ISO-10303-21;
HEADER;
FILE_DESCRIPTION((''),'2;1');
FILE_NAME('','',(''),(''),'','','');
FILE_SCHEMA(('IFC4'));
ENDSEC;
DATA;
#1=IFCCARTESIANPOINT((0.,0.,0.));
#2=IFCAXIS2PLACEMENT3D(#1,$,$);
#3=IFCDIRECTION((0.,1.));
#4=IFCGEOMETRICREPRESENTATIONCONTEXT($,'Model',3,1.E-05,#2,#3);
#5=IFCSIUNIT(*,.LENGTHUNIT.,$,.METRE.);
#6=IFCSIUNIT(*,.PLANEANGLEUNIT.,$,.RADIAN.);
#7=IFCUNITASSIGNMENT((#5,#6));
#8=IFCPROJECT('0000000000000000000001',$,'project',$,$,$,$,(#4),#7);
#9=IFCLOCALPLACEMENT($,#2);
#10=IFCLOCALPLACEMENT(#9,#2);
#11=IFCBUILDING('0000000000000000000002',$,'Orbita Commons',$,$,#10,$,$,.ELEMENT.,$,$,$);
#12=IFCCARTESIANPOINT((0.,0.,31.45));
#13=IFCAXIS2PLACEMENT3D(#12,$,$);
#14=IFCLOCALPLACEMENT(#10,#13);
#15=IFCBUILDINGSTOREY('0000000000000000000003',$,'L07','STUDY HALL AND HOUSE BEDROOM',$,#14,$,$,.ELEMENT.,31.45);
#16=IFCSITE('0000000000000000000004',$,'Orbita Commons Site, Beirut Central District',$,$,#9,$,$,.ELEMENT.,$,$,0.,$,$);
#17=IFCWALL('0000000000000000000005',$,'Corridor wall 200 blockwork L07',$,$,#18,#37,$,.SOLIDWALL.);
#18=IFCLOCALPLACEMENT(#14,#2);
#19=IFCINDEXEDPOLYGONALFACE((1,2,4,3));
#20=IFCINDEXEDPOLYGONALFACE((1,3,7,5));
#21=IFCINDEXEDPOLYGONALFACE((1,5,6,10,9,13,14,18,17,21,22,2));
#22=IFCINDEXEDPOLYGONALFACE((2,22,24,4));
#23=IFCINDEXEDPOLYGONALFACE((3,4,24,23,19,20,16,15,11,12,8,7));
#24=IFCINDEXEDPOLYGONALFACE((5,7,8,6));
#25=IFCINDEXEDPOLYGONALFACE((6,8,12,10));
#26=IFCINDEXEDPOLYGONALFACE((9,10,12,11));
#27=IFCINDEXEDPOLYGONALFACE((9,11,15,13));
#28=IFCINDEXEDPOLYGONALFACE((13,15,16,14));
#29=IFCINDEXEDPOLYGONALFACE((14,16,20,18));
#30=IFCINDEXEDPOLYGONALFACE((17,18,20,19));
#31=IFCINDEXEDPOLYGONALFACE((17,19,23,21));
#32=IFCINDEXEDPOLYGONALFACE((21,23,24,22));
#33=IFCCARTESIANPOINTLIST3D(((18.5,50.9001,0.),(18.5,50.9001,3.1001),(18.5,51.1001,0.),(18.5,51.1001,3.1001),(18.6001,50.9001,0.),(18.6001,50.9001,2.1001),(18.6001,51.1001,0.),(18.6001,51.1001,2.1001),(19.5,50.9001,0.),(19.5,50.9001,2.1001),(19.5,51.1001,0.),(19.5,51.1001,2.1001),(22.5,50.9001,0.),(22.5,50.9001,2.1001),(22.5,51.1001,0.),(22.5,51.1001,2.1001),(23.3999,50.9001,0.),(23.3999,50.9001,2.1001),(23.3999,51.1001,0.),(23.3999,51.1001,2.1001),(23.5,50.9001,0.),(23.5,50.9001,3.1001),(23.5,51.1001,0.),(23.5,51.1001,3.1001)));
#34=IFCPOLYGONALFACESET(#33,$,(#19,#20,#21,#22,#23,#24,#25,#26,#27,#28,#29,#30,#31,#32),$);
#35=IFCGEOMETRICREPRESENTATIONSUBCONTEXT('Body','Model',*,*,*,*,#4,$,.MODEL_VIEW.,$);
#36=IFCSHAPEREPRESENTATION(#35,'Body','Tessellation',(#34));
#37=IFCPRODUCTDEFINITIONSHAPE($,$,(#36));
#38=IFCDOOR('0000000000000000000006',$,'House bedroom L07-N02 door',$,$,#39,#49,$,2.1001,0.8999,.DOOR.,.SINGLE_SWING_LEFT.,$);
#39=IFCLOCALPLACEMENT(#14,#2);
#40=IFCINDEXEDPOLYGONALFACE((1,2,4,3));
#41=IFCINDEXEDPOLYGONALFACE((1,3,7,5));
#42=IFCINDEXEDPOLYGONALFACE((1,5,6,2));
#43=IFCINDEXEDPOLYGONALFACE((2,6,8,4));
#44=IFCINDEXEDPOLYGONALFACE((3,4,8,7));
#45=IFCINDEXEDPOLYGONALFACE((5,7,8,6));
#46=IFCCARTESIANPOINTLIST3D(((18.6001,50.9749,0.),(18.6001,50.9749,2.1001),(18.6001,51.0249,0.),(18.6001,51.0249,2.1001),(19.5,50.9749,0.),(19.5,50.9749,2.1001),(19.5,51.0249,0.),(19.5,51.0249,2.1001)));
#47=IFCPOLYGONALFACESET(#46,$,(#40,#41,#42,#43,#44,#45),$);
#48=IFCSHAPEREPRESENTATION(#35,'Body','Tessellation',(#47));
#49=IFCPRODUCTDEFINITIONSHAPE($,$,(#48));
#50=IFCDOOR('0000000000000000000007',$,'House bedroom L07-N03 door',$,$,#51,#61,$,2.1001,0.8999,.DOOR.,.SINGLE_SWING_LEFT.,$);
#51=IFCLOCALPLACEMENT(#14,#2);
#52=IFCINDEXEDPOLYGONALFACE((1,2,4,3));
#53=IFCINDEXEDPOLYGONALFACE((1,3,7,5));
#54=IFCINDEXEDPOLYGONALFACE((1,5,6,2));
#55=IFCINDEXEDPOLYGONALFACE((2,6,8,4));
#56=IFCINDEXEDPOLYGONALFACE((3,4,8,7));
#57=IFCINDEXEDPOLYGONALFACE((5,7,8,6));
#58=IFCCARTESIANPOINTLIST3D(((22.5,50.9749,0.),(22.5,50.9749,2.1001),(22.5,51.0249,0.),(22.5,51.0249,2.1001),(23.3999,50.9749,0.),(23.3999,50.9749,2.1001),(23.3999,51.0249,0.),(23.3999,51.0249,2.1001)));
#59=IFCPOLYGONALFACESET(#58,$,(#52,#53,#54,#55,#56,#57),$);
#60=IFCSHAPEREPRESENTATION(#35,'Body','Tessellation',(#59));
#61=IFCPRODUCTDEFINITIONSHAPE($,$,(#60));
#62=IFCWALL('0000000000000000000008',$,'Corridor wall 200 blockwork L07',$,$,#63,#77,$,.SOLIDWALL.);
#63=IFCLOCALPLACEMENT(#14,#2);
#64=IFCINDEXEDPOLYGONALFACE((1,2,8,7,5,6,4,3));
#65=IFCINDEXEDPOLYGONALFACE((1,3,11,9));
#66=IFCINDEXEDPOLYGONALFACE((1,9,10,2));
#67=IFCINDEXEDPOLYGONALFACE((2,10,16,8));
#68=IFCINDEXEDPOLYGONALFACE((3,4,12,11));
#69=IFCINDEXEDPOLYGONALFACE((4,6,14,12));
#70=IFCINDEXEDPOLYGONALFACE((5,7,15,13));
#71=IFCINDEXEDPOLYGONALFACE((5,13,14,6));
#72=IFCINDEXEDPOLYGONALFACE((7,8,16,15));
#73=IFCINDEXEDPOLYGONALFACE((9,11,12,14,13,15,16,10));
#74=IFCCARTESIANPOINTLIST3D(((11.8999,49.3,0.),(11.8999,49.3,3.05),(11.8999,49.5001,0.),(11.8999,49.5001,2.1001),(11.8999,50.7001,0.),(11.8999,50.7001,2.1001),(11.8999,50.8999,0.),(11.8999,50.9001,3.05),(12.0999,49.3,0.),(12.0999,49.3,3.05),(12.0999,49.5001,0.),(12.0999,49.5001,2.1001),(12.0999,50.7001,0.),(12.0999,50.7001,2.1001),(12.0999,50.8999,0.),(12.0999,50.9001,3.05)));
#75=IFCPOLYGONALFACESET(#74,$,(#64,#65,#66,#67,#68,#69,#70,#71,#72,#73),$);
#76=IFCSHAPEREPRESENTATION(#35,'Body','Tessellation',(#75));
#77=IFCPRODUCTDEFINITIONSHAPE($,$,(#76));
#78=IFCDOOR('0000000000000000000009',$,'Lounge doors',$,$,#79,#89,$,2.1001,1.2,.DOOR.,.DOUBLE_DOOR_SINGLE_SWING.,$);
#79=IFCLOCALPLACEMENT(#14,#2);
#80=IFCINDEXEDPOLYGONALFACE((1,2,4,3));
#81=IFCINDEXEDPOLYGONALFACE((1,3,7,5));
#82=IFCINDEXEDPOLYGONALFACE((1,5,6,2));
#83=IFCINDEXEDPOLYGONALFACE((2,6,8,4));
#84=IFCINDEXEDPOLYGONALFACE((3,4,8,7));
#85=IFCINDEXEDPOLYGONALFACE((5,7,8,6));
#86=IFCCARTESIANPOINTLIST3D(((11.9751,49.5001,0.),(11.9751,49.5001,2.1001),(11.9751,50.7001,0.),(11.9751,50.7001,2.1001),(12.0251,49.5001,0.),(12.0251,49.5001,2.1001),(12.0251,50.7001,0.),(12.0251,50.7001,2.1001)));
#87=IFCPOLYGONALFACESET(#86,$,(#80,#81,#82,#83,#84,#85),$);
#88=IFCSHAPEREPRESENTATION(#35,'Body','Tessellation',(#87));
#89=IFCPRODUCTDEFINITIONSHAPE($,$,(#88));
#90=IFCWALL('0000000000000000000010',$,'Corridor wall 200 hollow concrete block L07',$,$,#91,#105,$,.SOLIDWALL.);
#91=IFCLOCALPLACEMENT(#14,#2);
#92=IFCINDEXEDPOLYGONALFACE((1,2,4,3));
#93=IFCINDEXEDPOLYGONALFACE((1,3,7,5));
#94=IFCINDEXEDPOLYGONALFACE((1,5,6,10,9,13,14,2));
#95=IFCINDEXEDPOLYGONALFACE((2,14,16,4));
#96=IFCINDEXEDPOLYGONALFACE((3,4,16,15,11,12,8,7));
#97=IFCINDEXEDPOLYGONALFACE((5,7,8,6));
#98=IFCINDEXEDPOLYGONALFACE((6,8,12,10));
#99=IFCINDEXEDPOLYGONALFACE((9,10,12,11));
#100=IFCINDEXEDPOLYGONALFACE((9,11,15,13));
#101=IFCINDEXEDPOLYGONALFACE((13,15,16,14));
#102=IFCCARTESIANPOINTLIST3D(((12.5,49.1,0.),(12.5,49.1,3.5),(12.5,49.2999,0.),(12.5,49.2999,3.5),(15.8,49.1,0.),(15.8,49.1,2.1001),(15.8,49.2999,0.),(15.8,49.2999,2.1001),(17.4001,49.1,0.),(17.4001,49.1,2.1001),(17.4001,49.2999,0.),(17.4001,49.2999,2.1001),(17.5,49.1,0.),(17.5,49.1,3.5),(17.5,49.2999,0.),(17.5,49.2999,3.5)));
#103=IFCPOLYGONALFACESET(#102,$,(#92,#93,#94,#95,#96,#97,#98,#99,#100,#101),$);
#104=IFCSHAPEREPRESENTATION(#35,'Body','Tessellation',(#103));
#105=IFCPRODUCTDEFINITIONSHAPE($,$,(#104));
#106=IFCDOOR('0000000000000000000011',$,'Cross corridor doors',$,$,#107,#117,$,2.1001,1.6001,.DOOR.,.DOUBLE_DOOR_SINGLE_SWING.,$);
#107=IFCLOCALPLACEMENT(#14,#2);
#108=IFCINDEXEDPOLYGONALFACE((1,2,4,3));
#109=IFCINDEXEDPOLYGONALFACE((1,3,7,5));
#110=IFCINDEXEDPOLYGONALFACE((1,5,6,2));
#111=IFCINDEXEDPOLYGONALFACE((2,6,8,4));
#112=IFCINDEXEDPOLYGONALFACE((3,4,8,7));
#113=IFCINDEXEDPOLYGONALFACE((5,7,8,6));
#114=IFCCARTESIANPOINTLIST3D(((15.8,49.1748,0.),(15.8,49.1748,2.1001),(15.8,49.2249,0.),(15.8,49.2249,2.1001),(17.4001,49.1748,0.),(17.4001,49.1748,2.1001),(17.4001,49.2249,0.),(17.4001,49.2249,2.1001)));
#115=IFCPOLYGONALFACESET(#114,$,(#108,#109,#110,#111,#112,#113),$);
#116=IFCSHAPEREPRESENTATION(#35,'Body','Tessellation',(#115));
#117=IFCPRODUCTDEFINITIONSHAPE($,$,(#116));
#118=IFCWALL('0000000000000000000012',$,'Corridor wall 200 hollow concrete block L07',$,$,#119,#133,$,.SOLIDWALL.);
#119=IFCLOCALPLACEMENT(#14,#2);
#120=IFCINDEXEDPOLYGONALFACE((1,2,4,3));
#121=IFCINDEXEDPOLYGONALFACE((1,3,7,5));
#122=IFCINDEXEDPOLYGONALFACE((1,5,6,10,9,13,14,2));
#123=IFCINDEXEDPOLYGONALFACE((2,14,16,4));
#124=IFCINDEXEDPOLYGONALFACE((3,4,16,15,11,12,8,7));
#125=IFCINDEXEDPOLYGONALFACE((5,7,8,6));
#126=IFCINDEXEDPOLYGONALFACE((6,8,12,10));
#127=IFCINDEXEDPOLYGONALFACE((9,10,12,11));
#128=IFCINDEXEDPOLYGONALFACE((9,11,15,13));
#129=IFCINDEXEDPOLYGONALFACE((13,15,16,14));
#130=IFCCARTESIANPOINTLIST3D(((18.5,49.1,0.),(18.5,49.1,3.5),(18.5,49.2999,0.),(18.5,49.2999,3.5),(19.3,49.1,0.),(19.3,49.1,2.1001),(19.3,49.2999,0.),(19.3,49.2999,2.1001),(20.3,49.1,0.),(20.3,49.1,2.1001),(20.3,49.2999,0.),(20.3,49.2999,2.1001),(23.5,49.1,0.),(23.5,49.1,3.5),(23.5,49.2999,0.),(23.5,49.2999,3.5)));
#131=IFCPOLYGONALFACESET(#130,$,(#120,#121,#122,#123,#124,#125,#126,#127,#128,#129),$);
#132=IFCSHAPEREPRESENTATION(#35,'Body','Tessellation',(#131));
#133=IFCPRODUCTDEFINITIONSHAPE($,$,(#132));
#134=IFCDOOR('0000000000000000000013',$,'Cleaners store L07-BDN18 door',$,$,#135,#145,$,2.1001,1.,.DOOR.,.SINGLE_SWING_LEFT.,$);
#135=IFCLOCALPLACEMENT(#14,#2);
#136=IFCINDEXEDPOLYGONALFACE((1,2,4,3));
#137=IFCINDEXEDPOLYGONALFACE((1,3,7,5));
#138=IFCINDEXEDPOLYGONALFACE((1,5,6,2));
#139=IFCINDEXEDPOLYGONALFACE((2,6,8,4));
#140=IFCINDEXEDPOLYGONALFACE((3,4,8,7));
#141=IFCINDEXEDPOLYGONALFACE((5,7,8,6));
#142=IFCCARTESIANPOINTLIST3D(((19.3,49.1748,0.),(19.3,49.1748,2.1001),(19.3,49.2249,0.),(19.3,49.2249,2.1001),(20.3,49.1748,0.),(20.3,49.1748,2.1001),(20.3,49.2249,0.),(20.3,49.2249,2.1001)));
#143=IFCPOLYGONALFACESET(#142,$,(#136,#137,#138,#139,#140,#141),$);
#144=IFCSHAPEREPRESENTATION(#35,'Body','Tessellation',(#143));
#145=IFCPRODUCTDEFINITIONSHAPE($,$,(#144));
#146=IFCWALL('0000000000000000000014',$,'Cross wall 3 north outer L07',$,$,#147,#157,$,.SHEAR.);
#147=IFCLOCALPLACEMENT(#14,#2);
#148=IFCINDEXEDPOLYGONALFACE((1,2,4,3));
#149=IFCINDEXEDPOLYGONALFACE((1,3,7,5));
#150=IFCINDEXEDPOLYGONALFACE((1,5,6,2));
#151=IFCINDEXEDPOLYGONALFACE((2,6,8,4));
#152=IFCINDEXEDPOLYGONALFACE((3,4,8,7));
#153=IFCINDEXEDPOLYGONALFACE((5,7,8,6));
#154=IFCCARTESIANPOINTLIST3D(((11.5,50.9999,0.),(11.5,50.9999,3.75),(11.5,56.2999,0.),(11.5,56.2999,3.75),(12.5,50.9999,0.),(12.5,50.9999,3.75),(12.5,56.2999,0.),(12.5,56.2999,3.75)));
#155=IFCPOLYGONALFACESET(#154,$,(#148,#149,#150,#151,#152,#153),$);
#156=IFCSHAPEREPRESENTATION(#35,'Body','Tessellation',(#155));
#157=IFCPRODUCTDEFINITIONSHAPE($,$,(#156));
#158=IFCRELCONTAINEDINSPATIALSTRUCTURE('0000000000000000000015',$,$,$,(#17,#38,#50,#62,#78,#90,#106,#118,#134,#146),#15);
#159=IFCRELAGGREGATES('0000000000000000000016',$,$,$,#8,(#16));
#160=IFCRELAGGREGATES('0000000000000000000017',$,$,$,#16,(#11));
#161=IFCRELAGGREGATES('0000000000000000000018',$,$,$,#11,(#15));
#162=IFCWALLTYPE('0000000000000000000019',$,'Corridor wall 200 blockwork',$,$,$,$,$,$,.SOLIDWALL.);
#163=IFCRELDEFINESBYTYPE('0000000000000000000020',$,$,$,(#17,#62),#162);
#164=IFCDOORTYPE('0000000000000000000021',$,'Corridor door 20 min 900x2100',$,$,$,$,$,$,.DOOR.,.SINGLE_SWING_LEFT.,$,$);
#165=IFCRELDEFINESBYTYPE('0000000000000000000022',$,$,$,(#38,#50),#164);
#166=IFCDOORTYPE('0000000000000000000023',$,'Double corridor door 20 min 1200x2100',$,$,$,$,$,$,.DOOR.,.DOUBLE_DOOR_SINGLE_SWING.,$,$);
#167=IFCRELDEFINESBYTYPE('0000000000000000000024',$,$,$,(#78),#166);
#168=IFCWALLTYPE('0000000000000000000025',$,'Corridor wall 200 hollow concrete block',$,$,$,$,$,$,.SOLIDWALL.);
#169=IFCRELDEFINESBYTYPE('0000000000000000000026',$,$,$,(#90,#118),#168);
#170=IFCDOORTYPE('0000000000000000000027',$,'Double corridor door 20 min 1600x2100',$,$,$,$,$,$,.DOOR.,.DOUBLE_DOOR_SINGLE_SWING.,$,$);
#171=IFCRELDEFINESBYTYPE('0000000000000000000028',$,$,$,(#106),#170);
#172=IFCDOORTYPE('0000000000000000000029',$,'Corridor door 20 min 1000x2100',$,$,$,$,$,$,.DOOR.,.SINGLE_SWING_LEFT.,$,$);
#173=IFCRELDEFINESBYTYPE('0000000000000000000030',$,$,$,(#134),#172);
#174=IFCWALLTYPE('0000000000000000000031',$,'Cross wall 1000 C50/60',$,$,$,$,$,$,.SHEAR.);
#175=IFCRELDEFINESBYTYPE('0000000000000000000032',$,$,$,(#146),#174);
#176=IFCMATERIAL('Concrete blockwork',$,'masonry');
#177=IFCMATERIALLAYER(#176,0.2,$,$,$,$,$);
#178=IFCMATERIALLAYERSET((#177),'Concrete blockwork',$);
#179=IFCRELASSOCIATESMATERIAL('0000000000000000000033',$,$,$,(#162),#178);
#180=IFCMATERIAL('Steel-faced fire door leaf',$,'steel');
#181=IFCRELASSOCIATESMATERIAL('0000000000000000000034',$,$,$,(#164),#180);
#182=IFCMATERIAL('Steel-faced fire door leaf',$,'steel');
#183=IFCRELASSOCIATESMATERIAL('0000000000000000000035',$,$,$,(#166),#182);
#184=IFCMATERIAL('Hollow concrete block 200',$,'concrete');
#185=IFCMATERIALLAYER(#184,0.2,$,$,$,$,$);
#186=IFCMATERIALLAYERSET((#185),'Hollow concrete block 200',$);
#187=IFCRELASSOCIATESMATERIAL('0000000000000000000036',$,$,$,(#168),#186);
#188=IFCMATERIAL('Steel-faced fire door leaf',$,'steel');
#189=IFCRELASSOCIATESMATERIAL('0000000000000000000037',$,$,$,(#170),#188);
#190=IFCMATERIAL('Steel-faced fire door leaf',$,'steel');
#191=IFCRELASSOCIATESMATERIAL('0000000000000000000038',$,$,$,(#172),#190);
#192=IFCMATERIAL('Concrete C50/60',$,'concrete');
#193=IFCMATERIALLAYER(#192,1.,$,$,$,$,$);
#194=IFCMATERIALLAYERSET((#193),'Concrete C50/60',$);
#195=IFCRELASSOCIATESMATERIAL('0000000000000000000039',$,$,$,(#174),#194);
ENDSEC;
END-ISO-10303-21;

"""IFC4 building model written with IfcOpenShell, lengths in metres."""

from ifc_helpers import new_model, si_unit, direction, frame, frame_2d, origin, place, context, subcontext, project, spatial, polyline, rectangle, outline, extrude, material, layer, layer_set, type_object, element, fill, save


model = new_model("IFC4")

# Units and contexts
model_context = context("Model", 3, precision=1e-05, world=origin(), true_north=direction((0.0, 1.0)))
body_context = subcontext(model_context, "Body", "Model", "MODEL_VIEW")
ifc_project = project(units=[si_unit("LENGTHUNIT", "METRE"), si_unit("PLANEANGLEUNIT", "RADIAN")], contexts=[model_context])

# Site, building, storey
site_placement = place(None, origin())
site = spatial("IfcSite", under=ifc_project, at=site_placement, Name="Orbita Commons Site, Beirut Central District", CompositionType="ELEMENT", RefElevation=0.0)
building_placement = place(site_placement, origin())
building = spatial("IfcBuilding", under=site, at=building_placement, Name="Orbita Commons", CompositionType="ELEMENT")
storey_placement = place(building_placement, frame((0.0, 0.0, 31.45)))
storey = spatial("IfcBuildingStorey", under=building, at=storey_placement, Name="L07", Description="STUDY HALL AND HOUSE BEDROOM", CompositionType="ELEMENT", Elevation=31.45)

# Wall, openings, doors
ifc_material_1 = material(Name="Concrete blockwork", Category="masonry")
ifc_layer_1 = layer(ifc_material_1, 0.2)
ifc_layer_set_1 = layer_set([ifc_layer_1], Name="Concrete blockwork")
wall_type_1 = type_object("IfcWallType", Name="Corridor wall 200 blockwork", PredefinedType="SOLIDWALL", material=ifc_layer_set_1)
ifc_material_2 = material(Name="Steel-faced fire door leaf", Category="steel")
door_type_1 = type_object("IfcDoorType", Name="Corridor door 20 min 900x2100", OperationType="SINGLE_SWING_LEFT", PredefinedType="DOOR", material=ifc_material_2)
wall_1_placement = place(storey_placement, frame((18.5, 51.0, 0.0), z_axis=(0.0, 0.0, 1.0), x_axis=(1.0, 0.0, 0.0)))
wall_1 = element("IfcWall", 1, at=wall_1_placement, inside=storey, type_object=wall_type_1, Name="Corridor wall 200 blockwork L07", PredefinedType="SOLIDWALL", context=body_context, shape_type="SweptSolid", body=[
    extrude(outline(polyline([(0.0, 0.0), (5.0, 0.0), (5.0, 3.1001), (0.0, 3.1001), (0.0, 0.0)])), frame((0.0, 0.1001, 0.0), z_axis=(0.0, -1.0, 0.0), x_axis=(1.0, 0.0, 0.0)), (0.0, 0.0, 1.0), 0.2),
])
opening_1_placement = place(wall_1_placement, frame((0.1001, 0.0, 0.0)))
opening_1 = element("IfcOpeningElement", 2, at=opening_1_placement, cuts=wall_1, PredefinedType="OPENING", context=body_context, shape_type="SweptSolid", body=[
    extrude(rectangle(XDim=0.8999, YDim=2.1001, at=frame_2d((0.45, 1.05))), frame((0.0, 0.1099, 0.0), z_axis=(0.0, -1.0, 0.0), x_axis=(1.0, 0.0, 0.0)), (0.0, 0.0, 1.0), 0.22),
])
opening_2_placement = place(wall_1_placement, frame((4.0, 0.0, 0.0)))
opening_2 = element("IfcOpeningElement", 3, at=opening_2_placement, cuts=wall_1, PredefinedType="OPENING", context=body_context, shape_type="SweptSolid", body=[
    extrude(rectangle(XDim=0.8999, YDim=2.1001, at=frame_2d((0.45, 1.05))), frame((0.0, 0.1099, 0.0), z_axis=(0.0, -1.0, 0.0), x_axis=(1.0, 0.0, 0.0)), (0.0, 0.0, 1.0), 0.22),
])
door_1_placement = place(opening_1_placement, origin())
door_1 = element("IfcDoor", 4, at=door_1_placement, inside=storey, type_object=door_type_1, Name="House bedroom L07-N02 door", OperationType="SINGLE_SWING_LEFT", OverallHeight=2.1001, OverallWidth=0.8999, PredefinedType="DOOR", context=body_context, shape_type="SweptSolid", body=[
    extrude(rectangle(XDim=0.8999, YDim=2.1001, at=frame_2d((0.45, 1.05))), frame((0.0, 0.0249, 0.0), z_axis=(0.0, -1.0, 0.0), x_axis=(1.0, 0.0, 0.0)), (0.0, 0.0, 1.0), 0.05),
])
fill(opening_1, door_1)
door_2_placement = place(opening_2_placement, origin())
door_2 = element("IfcDoor", 5, at=door_2_placement, inside=storey, type_object=door_type_1, Name="House bedroom L07-N03 door", OperationType="SINGLE_SWING_LEFT", OverallHeight=2.1001, OverallWidth=0.8999, PredefinedType="DOOR", context=body_context, shape_type="SweptSolid", body=[
    extrude(rectangle(XDim=0.8999, YDim=2.1001, at=frame_2d((0.45, 1.05))), frame((0.0, 0.0249, 0.0), z_axis=(0.0, -1.0, 0.0), x_axis=(1.0, 0.0, 0.0)), (0.0, 0.0, 1.0), 0.05),
])
fill(opening_2, door_2)

# Walls, openings, doors
wall_2_placement = place(storey_placement, frame((12.0, 49.3, 0.0), z_axis=(0.0, 0.0, 1.0), x_axis=(0.0, 1.0, 0.0)))
wall_2 = element("IfcWall", 6, at=wall_2_placement, inside=storey, type_object=wall_type_1, Name="Corridor wall 200 blockwork L07", PredefinedType="SOLIDWALL", context=body_context, shape_type="SweptSolid", body=[
    extrude(outline(polyline([(0.0, 0.0), (1.5999, 0.0), (1.6001, 3.05), (0.0, 3.05), (0.0, 0.0)])), frame((0.0, 0.1001, 0.0), z_axis=(0.0, -1.0, 0.0), x_axis=(1.0, 0.0, 0.0)), (0.0, 0.0, 1.0), 0.2),
])
opening_3_placement = place(wall_2_placement, frame((0.2, 0.0, 0.0)))
opening_3 = element("IfcOpeningElement", 7, at=opening_3_placement, cuts=wall_2, PredefinedType="OPENING", context=body_context, shape_type="SweptSolid", body=[
    extrude(rectangle(XDim=1.2, YDim=2.1001, at=frame_2d((0.6001, 1.05))), frame((0.0, 0.1099, 0.0), z_axis=(0.0, -1.0, 0.0), x_axis=(1.0, 0.0, 0.0)), (0.0, 0.0, 1.0), 0.22),
])
ifc_material_3 = material(Name="Steel-faced fire door leaf", Category="steel")
door_type_2 = type_object("IfcDoorType", Name="Double corridor door 20 min 1200x2100", OperationType="DOUBLE_DOOR_SINGLE_SWING", PredefinedType="DOOR", material=ifc_material_3)
door_3_placement = place(opening_3_placement, origin())
door_3 = element("IfcDoor", 8, at=door_3_placement, inside=storey, type_object=door_type_2, Name="Lounge doors", OperationType="DOUBLE_DOOR_SINGLE_SWING", OverallHeight=2.1001, OverallWidth=1.2, PredefinedType="DOOR", context=body_context, shape_type="SweptSolid", body=[
    extrude(rectangle(XDim=1.2, YDim=2.1001, at=frame_2d((0.6001, 1.05))), frame((0.0, 0.0249, 0.0), z_axis=(0.0, -1.0, 0.0), x_axis=(1.0, 0.0, 0.0)), (0.0, 0.0, 1.0), 0.05),
])
fill(opening_3, door_3)
ifc_material_4 = material(Name="Hollow concrete block 200", Category="concrete")
ifc_layer_2 = layer(ifc_material_4, 0.2)
ifc_layer_set_2 = layer_set([ifc_layer_2], Name="Hollow concrete block 200")
wall_type_2 = type_object("IfcWallType", Name="Corridor wall 200 hollow concrete block", PredefinedType="SOLIDWALL", material=ifc_layer_set_2)
wall_3_placement = place(storey_placement, frame((12.5, 49.2, 0.0), z_axis=(0.0, 0.0, 1.0), x_axis=(1.0, 0.0, 0.0)))
wall_3 = element("IfcWall", 9, at=wall_3_placement, inside=storey, type_object=wall_type_2, Name="Corridor wall 200 hollow concrete block L07", PredefinedType="SOLIDWALL", context=body_context, shape_type="SweptSolid", body=[
    extrude(rectangle(XDim=5.0, YDim=0.2, at=frame_2d((2.5, 0.0))), origin(), (0.0, 0.0, 1.0), 3.5),
])
opening_4_placement = place(wall_3_placement, frame((3.3, 0.0, 0.0)))
opening_4 = element("IfcOpeningElement", 10, at=opening_4_placement, cuts=wall_3, PredefinedType="OPENING", context=body_context, shape_type="SweptSolid", body=[
    extrude(rectangle(XDim=1.6001, YDim=2.1001, at=frame_2d((0.8, 1.05))), frame((0.0, 0.1099, 0.0), z_axis=(0.0, -1.0, 0.0), x_axis=(1.0, 0.0, 0.0)), (0.0, 0.0, 1.0), 0.22),
])
ifc_material_5 = material(Name="Steel-faced fire door leaf", Category="steel")
door_type_3 = type_object("IfcDoorType", Name="Double corridor door 20 min 1600x2100", OperationType="DOUBLE_DOOR_SINGLE_SWING", PredefinedType="DOOR", material=ifc_material_5)
door_4_placement = place(opening_4_placement, origin())
door_4 = element("IfcDoor", 11, at=door_4_placement, inside=storey, type_object=door_type_3, Name="Cross corridor doors", OperationType="DOUBLE_DOOR_SINGLE_SWING", OverallHeight=2.1001, OverallWidth=1.6001, PredefinedType="DOOR", context=body_context, shape_type="SweptSolid", body=[
    extrude(rectangle(XDim=1.6001, YDim=2.1001, at=frame_2d((0.8, 1.05))), frame((0.0, 0.0249, 0.0), z_axis=(0.0, -1.0, 0.0), x_axis=(1.0, 0.0, 0.0)), (0.0, 0.0, 1.0), 0.05),
])
fill(opening_4, door_4)
wall_4_placement = place(storey_placement, frame((18.5, 49.2, 0.0), z_axis=(0.0, 0.0, 1.0), x_axis=(1.0, 0.0, 0.0)))
wall_4 = element("IfcWall", 12, at=wall_4_placement, inside=storey, type_object=wall_type_2, Name="Corridor wall 200 hollow concrete block L07", PredefinedType="SOLIDWALL", context=body_context, shape_type="SweptSolid", body=[
    extrude(rectangle(XDim=5.0, YDim=0.2, at=frame_2d((2.5, 0.0))), origin(), (0.0, 0.0, 1.0), 3.5),
])
opening_5_placement = place(wall_4_placement, frame((0.8, 0.0, 0.0)))
opening_5 = element("IfcOpeningElement", 13, at=opening_5_placement, cuts=wall_4, PredefinedType="OPENING", context=body_context, shape_type="SweptSolid", body=[
    extrude(rectangle(XDim=1.0, YDim=2.1001, at=frame_2d((0.5, 1.05))), frame((0.0, 0.1099, 0.0), z_axis=(0.0, -1.0, 0.0), x_axis=(1.0, 0.0, 0.0)), (0.0, 0.0, 1.0), 0.22),
])
ifc_material_6 = material(Name="Steel-faced fire door leaf", Category="steel")
door_type_4 = type_object("IfcDoorType", Name="Corridor door 20 min 1000x2100", OperationType="SINGLE_SWING_LEFT", PredefinedType="DOOR", material=ifc_material_6)
door_5_placement = place(opening_5_placement, origin())
door_5 = element("IfcDoor", 14, at=door_5_placement, inside=storey, type_object=door_type_4, Name="Cleaners store L07-BDN18 door", OperationType="SINGLE_SWING_LEFT", OverallHeight=2.1001, OverallWidth=1.0, PredefinedType="DOOR", context=body_context, shape_type="SweptSolid", body=[
    extrude(rectangle(XDim=1.0, YDim=2.1001, at=frame_2d((0.5, 1.05))), frame((0.0, 0.0249, 0.0), z_axis=(0.0, -1.0, 0.0), x_axis=(1.0, 0.0, 0.0)), (0.0, 0.0, 1.0), 0.05),
])
fill(opening_5, door_5)

# Wall
ifc_material_7 = material(Name="Concrete C50/60", Category="concrete")
ifc_layer_3 = layer(ifc_material_7, 1.0)
ifc_layer_set_3 = layer_set([ifc_layer_3], Name="Concrete C50/60")
wall_type_3 = type_object("IfcWallType", Name="Cross wall 1000 C50/60", PredefinedType="SHEAR", material=ifc_layer_set_3)
for number, where, z_axis, x_axis, name in (
    (15, (12.0, 51.0, 0.0), (0.0, 0.0, 1.0), (0.0, 1.0, 0.0), "Cross wall 3 north outer L07"),
):
    element("IfcWall", number, at=place(storey_placement, frame(where, z_axis=z_axis, x_axis=x_axis)), inside=storey, type_object=wall_type_3, Name=name, PredefinedType="SHEAR", context=body_context, shape_type="SweptSolid", body=[
        extrude(rectangle(XDim=5.3, YDim=1.0, at=frame_2d((2.6499, 0.0))), origin(), (0.0, 0.0, 1.0), 3.75),
    ])

save(model, "model.ifc")
